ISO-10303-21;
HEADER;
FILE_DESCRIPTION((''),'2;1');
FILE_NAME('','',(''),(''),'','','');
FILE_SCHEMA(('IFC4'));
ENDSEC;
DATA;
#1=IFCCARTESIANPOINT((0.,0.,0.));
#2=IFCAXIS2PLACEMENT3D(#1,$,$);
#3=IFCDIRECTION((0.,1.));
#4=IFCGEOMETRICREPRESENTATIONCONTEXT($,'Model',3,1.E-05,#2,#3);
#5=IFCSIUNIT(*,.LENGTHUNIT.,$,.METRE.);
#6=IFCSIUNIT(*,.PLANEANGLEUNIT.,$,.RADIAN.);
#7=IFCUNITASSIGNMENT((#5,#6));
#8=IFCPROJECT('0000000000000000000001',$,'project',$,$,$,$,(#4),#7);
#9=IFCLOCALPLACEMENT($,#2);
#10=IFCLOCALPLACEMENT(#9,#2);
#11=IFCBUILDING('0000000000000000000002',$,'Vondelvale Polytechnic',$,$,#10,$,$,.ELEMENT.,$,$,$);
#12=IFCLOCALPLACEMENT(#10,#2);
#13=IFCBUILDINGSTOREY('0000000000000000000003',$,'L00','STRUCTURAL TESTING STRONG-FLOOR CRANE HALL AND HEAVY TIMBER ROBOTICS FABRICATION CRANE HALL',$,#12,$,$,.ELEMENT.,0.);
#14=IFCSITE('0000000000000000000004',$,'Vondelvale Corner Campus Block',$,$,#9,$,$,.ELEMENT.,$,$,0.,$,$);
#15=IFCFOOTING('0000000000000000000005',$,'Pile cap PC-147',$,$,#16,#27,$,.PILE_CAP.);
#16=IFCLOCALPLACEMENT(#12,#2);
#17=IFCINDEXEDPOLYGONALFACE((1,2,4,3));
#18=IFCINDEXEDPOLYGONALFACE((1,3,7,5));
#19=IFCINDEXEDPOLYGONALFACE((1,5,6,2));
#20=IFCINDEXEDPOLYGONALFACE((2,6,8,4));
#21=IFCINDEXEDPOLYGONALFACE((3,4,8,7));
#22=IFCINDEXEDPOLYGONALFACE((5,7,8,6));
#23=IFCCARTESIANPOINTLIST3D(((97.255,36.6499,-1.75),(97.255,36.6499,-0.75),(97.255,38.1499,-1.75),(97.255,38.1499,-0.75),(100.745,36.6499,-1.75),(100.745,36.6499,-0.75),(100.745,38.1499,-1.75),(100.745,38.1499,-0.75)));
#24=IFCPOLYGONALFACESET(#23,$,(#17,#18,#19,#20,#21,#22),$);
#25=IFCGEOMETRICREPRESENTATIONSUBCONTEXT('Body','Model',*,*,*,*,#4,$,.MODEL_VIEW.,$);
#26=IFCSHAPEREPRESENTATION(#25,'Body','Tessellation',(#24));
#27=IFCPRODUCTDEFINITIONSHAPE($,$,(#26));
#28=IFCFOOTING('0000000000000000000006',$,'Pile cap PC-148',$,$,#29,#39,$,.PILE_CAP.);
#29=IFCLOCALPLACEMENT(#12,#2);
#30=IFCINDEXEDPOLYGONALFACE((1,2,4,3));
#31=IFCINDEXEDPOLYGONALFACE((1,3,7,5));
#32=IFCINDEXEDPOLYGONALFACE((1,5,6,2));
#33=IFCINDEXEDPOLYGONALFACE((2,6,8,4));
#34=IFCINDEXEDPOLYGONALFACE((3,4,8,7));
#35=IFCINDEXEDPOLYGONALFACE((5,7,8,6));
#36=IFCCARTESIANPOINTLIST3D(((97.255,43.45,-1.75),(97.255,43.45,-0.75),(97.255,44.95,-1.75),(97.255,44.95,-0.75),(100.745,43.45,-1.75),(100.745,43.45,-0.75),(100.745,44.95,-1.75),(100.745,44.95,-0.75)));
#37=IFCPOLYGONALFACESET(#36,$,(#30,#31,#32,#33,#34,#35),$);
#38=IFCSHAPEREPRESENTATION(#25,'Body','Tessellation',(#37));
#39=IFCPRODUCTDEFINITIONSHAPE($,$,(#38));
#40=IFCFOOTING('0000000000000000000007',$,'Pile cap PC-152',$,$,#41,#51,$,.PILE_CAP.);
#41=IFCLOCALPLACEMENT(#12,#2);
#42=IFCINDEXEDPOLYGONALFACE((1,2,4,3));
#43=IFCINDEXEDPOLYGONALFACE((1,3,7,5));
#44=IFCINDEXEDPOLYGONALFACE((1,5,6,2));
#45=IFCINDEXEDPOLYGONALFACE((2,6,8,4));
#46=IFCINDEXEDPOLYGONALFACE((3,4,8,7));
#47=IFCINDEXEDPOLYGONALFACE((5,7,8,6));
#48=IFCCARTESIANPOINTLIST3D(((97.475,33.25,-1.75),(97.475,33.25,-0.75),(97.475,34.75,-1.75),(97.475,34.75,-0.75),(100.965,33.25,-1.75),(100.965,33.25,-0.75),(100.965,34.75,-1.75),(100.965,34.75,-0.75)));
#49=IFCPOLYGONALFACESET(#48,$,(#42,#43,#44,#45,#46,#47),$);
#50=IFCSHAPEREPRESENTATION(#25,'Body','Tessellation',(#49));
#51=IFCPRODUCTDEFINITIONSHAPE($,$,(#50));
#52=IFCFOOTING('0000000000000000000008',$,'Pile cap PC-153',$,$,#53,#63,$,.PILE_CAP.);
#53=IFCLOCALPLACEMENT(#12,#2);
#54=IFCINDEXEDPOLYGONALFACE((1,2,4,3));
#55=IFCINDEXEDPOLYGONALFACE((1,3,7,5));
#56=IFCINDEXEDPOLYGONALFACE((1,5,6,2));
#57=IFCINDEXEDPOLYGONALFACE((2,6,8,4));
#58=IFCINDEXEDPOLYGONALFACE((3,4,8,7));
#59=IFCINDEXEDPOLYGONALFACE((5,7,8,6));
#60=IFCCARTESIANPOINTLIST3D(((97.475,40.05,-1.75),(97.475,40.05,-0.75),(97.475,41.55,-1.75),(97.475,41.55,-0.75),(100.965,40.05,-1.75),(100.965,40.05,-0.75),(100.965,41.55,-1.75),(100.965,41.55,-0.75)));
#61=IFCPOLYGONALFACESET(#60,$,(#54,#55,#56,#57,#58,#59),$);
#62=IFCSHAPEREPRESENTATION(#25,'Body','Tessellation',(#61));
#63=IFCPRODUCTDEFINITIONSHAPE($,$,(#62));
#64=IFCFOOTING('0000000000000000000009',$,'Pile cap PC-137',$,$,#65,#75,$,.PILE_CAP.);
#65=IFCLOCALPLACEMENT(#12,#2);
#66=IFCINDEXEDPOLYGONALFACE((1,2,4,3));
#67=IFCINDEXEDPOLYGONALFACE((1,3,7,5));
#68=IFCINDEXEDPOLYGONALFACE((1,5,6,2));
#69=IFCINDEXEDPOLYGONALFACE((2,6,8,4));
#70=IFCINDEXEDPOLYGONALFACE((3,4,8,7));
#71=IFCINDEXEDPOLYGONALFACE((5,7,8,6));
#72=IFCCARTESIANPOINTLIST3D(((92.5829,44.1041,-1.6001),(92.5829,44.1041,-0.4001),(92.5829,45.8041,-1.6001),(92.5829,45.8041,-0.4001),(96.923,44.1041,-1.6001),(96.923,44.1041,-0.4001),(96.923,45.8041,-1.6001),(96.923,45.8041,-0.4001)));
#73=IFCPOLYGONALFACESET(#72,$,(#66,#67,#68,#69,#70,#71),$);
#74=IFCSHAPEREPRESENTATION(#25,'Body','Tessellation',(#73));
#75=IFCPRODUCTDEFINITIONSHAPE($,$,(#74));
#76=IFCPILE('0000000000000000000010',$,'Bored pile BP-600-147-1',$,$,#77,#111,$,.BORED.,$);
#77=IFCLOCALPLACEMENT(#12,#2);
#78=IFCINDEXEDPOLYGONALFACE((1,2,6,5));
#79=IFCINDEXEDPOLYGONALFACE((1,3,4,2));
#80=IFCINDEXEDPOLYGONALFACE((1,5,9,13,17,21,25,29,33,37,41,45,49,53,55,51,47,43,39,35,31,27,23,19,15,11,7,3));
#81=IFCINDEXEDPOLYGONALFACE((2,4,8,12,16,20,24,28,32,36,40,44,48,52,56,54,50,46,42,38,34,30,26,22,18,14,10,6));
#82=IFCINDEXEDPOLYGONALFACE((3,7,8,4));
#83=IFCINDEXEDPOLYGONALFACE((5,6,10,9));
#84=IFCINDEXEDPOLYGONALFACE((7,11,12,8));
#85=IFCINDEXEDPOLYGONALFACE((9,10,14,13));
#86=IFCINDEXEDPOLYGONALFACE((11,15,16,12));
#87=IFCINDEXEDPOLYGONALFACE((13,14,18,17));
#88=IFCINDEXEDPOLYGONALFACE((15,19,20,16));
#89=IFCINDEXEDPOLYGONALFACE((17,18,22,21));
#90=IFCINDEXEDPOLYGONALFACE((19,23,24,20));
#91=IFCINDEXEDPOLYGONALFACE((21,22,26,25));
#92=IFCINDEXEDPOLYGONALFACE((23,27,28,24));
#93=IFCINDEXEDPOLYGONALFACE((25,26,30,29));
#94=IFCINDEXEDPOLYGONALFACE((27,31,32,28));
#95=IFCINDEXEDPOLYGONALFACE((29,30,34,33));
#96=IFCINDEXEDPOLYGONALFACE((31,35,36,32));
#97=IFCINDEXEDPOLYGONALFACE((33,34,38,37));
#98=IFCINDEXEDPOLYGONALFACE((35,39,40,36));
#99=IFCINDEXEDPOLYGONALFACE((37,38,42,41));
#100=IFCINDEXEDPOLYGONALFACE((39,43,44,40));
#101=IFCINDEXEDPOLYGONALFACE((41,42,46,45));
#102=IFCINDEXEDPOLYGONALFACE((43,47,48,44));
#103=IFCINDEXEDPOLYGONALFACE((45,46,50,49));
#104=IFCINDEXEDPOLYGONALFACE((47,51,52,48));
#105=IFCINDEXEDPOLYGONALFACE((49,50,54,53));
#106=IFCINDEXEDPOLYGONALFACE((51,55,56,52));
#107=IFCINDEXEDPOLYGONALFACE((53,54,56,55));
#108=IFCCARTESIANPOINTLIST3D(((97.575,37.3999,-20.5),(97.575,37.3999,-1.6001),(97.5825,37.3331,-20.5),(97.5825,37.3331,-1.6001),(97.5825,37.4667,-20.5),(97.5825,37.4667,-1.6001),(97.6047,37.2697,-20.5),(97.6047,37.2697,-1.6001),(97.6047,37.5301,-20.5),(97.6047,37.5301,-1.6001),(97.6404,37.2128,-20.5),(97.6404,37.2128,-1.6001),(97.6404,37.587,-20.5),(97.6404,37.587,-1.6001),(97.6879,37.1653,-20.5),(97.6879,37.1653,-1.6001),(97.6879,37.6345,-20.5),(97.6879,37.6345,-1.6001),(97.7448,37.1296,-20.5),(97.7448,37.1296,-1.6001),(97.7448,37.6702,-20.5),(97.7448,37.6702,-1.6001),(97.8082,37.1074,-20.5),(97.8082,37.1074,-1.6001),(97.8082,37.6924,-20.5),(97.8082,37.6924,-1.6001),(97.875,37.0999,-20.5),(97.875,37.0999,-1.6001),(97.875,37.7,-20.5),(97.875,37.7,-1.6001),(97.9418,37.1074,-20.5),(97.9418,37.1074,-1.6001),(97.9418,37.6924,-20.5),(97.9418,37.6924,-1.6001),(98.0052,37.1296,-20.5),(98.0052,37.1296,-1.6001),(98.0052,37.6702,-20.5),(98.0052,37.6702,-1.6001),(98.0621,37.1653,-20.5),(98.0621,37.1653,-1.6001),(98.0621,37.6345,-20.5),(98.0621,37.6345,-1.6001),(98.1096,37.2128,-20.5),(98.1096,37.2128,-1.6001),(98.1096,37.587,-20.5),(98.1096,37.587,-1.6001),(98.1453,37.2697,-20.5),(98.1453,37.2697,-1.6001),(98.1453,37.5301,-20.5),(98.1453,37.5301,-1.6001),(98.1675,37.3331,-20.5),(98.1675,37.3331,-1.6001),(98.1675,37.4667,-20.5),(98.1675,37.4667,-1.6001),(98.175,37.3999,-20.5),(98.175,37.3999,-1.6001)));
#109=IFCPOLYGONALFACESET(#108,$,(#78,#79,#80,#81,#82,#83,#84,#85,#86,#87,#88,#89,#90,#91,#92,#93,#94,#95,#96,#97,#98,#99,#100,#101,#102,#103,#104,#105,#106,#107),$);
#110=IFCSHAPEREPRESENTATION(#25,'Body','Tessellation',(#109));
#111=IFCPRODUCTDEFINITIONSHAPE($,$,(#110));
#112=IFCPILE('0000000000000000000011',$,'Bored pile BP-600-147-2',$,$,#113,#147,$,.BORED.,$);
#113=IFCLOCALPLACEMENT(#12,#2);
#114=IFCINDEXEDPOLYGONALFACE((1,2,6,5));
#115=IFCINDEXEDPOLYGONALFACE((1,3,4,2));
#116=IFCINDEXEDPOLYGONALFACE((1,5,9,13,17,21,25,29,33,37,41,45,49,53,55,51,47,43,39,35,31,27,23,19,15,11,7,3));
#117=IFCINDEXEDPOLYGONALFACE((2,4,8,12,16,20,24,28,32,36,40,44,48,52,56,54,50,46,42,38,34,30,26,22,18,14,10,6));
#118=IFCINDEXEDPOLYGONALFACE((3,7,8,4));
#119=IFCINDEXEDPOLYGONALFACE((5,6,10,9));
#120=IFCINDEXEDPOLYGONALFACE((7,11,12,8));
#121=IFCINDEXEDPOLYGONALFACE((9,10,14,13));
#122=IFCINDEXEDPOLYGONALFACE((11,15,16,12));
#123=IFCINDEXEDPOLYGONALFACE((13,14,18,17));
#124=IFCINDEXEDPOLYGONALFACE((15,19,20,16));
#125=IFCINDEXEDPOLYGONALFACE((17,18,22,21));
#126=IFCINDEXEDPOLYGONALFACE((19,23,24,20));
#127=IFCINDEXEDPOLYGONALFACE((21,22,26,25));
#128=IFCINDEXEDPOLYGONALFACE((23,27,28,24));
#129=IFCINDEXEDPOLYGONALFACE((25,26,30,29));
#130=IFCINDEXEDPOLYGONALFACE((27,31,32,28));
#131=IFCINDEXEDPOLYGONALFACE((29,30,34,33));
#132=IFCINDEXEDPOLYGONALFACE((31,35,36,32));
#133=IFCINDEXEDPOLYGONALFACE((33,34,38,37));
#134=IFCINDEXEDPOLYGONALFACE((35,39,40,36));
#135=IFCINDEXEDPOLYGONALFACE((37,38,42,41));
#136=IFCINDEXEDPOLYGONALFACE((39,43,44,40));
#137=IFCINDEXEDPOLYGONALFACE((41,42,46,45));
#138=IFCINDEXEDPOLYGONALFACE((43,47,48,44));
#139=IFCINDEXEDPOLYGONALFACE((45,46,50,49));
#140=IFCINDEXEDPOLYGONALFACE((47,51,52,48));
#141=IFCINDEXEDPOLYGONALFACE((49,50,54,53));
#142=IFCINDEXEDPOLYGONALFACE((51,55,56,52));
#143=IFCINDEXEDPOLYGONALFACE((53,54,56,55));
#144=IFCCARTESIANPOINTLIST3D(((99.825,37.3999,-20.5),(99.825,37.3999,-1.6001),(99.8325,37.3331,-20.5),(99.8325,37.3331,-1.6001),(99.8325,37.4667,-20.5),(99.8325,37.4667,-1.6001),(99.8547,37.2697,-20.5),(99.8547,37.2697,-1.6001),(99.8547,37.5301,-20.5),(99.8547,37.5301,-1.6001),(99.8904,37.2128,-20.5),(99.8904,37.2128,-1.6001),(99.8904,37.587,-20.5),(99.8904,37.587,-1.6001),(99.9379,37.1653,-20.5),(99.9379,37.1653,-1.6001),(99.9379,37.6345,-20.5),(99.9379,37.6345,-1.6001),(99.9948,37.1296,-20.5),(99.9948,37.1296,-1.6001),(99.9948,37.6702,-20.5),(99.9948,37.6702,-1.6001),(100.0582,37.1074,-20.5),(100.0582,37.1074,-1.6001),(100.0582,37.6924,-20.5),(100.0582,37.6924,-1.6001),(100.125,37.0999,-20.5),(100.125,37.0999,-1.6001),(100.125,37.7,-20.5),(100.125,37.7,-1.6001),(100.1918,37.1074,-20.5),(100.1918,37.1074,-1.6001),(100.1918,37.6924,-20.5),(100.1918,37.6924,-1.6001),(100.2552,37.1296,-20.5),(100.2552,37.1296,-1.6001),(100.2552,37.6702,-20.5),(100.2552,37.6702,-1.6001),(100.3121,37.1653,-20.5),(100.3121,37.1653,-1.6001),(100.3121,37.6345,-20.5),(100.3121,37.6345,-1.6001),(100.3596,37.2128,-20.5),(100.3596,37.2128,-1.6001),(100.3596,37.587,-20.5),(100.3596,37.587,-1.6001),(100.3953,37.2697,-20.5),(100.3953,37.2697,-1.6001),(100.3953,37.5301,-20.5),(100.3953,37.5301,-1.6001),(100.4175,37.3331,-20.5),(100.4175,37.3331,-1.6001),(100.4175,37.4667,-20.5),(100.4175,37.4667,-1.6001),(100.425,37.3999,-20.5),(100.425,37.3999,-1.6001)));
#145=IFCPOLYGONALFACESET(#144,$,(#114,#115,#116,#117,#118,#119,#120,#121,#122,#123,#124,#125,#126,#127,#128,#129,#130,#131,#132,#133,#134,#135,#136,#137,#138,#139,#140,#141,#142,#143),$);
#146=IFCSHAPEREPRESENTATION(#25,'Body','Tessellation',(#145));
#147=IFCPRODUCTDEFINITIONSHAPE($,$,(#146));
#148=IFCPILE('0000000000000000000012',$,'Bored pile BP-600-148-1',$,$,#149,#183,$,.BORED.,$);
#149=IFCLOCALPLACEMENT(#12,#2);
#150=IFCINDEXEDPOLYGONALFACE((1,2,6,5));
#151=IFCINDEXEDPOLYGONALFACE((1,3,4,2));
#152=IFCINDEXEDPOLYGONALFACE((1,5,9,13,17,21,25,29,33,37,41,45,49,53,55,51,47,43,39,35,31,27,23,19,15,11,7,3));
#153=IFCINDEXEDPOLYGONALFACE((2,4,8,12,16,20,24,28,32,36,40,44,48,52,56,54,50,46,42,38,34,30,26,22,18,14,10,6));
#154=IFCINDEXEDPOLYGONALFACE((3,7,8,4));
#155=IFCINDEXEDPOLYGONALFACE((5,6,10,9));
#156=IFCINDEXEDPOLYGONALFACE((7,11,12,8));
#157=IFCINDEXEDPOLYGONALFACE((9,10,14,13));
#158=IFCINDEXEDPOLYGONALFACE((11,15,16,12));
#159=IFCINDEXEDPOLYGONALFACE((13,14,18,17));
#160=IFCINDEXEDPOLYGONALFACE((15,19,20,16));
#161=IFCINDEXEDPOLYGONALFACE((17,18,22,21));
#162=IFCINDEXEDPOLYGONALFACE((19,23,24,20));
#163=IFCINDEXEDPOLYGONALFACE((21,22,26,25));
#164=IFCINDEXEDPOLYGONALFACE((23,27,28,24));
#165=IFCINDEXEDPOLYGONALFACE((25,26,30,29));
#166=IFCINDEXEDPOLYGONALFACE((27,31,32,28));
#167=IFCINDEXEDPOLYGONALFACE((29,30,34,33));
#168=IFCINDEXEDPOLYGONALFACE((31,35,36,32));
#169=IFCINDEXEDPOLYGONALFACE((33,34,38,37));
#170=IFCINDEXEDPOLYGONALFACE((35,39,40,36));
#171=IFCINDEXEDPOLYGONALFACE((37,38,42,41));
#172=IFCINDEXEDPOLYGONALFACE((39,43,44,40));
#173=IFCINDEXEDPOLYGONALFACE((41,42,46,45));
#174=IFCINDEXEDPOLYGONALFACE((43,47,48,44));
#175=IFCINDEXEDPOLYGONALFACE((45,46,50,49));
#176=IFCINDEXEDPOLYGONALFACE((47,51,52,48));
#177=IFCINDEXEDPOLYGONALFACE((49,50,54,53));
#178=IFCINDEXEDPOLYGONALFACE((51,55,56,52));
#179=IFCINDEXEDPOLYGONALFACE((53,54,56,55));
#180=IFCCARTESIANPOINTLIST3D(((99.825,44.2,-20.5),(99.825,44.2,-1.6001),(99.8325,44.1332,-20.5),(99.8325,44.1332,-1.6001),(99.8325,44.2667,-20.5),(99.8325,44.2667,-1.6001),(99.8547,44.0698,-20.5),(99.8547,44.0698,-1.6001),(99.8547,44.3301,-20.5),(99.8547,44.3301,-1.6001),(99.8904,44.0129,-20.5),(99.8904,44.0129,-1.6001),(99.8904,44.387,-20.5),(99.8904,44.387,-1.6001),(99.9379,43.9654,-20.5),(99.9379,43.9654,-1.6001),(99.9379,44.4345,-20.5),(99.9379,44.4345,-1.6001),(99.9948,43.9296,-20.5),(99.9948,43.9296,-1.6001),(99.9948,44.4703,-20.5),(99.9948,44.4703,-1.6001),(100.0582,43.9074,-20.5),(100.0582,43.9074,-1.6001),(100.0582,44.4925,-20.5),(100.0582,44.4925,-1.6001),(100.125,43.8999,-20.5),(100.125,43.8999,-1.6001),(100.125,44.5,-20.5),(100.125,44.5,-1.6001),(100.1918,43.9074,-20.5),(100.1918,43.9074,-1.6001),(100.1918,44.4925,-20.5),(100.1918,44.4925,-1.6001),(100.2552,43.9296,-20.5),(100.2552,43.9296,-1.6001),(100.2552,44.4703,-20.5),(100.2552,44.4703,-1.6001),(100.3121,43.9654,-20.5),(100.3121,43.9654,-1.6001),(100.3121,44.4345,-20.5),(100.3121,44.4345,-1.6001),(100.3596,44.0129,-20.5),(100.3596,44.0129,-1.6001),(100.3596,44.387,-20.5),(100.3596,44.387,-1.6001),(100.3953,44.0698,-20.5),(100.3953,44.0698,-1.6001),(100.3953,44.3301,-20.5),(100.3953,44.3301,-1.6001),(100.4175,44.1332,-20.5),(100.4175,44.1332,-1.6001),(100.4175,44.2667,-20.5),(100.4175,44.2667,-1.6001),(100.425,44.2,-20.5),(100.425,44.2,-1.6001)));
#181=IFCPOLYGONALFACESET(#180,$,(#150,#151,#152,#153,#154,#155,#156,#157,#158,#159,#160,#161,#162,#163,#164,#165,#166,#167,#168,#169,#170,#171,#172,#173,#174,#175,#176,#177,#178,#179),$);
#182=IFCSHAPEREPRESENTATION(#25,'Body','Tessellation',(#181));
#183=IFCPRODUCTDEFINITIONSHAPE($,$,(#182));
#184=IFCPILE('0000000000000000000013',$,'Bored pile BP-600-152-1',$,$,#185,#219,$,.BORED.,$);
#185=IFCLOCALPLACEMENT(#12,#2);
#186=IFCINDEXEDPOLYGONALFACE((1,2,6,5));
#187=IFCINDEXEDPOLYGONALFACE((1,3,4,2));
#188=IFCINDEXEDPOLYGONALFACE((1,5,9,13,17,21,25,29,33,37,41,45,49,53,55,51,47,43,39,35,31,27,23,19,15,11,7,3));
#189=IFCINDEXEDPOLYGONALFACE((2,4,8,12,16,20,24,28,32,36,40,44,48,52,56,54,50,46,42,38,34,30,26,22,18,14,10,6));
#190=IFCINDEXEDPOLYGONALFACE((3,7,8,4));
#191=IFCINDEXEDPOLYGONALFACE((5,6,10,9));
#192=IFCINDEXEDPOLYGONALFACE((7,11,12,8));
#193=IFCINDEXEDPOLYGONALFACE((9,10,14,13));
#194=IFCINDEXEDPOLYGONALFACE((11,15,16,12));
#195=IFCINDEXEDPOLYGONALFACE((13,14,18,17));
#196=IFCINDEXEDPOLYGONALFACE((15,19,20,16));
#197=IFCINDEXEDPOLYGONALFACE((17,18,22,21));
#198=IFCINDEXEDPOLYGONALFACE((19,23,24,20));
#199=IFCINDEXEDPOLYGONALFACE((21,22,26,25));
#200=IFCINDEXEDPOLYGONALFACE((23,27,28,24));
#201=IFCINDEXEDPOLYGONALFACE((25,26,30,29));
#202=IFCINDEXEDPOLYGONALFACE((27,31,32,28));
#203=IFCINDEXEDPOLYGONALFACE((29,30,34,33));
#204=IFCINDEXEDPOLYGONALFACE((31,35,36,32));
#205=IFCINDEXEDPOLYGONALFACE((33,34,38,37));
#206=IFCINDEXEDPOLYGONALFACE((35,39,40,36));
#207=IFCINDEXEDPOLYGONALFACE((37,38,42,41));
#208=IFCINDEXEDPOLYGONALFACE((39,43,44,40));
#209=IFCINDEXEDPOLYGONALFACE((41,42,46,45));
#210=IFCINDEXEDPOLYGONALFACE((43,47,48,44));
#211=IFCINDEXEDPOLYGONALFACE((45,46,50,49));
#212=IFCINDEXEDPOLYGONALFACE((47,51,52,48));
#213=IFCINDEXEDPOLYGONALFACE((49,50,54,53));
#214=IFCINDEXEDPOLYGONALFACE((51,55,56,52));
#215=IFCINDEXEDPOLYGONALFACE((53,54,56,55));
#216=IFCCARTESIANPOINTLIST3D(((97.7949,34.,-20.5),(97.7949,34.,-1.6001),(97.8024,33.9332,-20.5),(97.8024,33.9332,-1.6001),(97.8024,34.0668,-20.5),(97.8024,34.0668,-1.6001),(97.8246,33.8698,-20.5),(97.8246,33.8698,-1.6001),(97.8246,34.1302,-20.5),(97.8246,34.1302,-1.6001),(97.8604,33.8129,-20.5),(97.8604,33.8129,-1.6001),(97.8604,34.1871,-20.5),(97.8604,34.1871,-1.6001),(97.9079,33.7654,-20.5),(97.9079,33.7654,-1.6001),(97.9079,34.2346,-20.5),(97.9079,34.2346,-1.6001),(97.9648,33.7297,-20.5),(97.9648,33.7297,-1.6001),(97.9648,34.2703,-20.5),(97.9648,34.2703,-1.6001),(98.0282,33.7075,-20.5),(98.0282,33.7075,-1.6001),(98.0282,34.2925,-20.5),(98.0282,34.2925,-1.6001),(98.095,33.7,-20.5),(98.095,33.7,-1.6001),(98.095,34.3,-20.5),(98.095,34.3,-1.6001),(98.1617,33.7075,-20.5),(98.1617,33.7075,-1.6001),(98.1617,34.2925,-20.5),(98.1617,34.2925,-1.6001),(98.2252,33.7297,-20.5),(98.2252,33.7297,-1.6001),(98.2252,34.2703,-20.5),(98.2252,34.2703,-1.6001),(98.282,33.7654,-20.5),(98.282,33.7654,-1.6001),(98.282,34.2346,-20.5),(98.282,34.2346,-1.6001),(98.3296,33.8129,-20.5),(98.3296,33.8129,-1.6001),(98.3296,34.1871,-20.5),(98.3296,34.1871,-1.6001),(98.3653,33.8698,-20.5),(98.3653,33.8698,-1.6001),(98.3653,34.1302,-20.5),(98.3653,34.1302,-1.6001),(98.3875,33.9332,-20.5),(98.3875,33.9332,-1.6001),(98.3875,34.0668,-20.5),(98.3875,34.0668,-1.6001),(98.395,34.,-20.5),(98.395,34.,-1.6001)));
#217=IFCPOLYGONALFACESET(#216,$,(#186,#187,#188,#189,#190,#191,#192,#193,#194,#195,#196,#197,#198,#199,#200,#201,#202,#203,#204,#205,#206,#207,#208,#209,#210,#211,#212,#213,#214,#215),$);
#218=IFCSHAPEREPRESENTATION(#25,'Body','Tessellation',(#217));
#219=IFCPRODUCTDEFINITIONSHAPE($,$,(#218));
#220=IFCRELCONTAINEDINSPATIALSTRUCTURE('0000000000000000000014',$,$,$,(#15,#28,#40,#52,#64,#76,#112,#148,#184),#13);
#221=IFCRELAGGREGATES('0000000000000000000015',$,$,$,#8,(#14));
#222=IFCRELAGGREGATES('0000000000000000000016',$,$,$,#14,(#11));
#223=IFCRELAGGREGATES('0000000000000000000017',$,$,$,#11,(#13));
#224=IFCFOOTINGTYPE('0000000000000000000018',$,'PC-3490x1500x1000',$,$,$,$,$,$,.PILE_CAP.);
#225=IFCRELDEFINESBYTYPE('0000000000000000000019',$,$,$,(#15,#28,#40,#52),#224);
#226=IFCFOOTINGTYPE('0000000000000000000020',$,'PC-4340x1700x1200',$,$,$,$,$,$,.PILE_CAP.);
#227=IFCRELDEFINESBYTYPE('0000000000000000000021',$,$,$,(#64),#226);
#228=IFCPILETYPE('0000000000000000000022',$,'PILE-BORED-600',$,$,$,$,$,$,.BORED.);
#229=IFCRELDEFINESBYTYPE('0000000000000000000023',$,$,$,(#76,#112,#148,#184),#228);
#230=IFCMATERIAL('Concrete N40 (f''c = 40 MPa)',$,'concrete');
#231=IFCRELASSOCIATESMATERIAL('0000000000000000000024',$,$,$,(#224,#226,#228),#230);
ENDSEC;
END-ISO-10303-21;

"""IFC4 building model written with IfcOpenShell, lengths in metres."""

from ifc_helpers import new_model, si_unit, direction, frame, origin, origin_2d, place, context, subcontext, project, spatial, rectangle, circle, extrude, material, material_profile, profile_set, type_object, element, save


model = new_model("IFC4")

# Units and contexts
model_context = context("Model", 3, precision=1e-05, world=origin(), true_north=direction((0.0, 1.0)))
body_context = subcontext(model_context, "Body", "Model", "MODEL_VIEW")
ifc_project = project(units=[si_unit("LENGTHUNIT", "METRE"), si_unit("PLANEANGLEUNIT", "RADIAN")], contexts=[model_context])

# Site, building, storey
site_placement = place(None, origin())
site = spatial("IfcSite", under=ifc_project, at=site_placement, Name="Vondelvale Corner Campus Block", CompositionType="ELEMENT", RefElevation=0.0)
building_placement = place(site_placement, origin())
building = spatial("IfcBuilding", under=site, at=building_placement, Name="Vondelvale Polytechnic", CompositionType="ELEMENT")
storey_placement = place(building_placement, origin())
storey = spatial("IfcBuildingStorey", under=building, at=storey_placement, Name="L00", Description="STRUCTURAL TESTING STRONG-FLOOR CRANE HALL AND HEAVY TIMBER ROBOTICS FABRICATION CRANE HALL", CompositionType="ELEMENT", Elevation=0.0)

# Footings
ifc_material_1 = material(Name="Concrete N40 (f'c = 40 MPa)", Category="concrete")
footing_type_1 = type_object("IfcFootingType", Name="PC-3490x1500x1000", PredefinedType="PILE_CAP", material=ifc_material_1)
for number, where, z_axis, x_axis, name in (
    (1, (99.0, 37.3999, -1.75), (0.0, 0.0, 1.0), (1.0, 0.0, 0.0), "Pile cap PC-147"),
    (2, (99.0, 44.2, -1.75), (0.0, 0.0, 1.0), (1.0, 0.0, 0.0), "Pile cap PC-148"),
    (3, (99.22, 34.0, -1.75), (0.0, 0.0, 1.0), (1.0, 0.0, 0.0), "Pile cap PC-152"),
    (4, (99.22, 40.8, -1.75), (0.0, 0.0, 1.0), (1.0, 0.0, 0.0), "Pile cap PC-153"),
):
    element("IfcFooting", number, at=place(storey_placement, frame(where, z_axis=z_axis, x_axis=x_axis)), inside=storey, type_object=footing_type_1, Name=name, PredefinedType="PILE_CAP", context=body_context, shape_type="SweptSolid", body=[
        extrude(rectangle(XDim=3.49, YDim=1.5, at=origin_2d()), origin(), (0.0, 0.0, 1.0), 1.0),
    ])
footing_type_2 = type_object("IfcFootingType", Name="PC-4340x1700x1200", PredefinedType="PILE_CAP", material=ifc_material_1)
footing_placement = place(storey_placement, frame((94.7529, 44.9541, -1.6001), z_axis=(0.0, 0.0, 1.0), x_axis=(1.0, 0.0, 0.0)))
element("IfcFooting", 5, at=footing_placement, inside=storey, type_object=footing_type_2, Name="Pile cap PC-137", PredefinedType="PILE_CAP", context=body_context, shape_type="SweptSolid", body=[
    extrude(rectangle(XDim=4.3401, YDim=1.7, at=origin_2d()), origin(), (0.0, 0.0, 1.0), 1.2),
])

# Piles
ifc_material_profile_1 = material_profile(ifc_material_1, circle(Radius=0.3, at=origin_2d()), Name="PILE-D600")
ifc_profile_set_1 = profile_set([ifc_material_profile_1], Name="Concrete N40 (f'c = 40 MPa)")
pile_type_1 = type_object("IfcPileType", Name="PILE-BORED-600", PredefinedType="BORED", material=ifc_profile_set_1)
for number, where, z_axis, x_axis, name in (
    (6, (97.875, 37.3999, -1.6001), (0.0, 0.0, -1.0), (1.0, 0.0, 0.0), "Bored pile BP-600-147-1"),
    (7, (100.125, 37.3999, -1.6001), (0.0, 0.0, -1.0), (1.0, 0.0, 0.0), "Bored pile BP-600-147-2"),
    (8, (100.125, 44.2, -1.6001), (0.0, 0.0, -1.0), (1.0, 0.0, 0.0), "Bored pile BP-600-148-1"),
    (9, (98.095, 34.0, -1.6001), (0.0, 0.0, -1.0), (1.0, 0.0, 0.0), "Bored pile BP-600-152-1"),
):
    element("IfcPile", number, at=place(storey_placement, frame(where, z_axis=z_axis, x_axis=x_axis)), inside=storey, type_object=pile_type_1, Name=name, PredefinedType="BORED", context=body_context, shape_type="SweptSolid", body=[
        extrude(circle(Radius=0.3, at=origin_2d()), origin(), (0.0, 0.0, 1.0), 18.8999),
    ])

save(model, "model.ifc")
